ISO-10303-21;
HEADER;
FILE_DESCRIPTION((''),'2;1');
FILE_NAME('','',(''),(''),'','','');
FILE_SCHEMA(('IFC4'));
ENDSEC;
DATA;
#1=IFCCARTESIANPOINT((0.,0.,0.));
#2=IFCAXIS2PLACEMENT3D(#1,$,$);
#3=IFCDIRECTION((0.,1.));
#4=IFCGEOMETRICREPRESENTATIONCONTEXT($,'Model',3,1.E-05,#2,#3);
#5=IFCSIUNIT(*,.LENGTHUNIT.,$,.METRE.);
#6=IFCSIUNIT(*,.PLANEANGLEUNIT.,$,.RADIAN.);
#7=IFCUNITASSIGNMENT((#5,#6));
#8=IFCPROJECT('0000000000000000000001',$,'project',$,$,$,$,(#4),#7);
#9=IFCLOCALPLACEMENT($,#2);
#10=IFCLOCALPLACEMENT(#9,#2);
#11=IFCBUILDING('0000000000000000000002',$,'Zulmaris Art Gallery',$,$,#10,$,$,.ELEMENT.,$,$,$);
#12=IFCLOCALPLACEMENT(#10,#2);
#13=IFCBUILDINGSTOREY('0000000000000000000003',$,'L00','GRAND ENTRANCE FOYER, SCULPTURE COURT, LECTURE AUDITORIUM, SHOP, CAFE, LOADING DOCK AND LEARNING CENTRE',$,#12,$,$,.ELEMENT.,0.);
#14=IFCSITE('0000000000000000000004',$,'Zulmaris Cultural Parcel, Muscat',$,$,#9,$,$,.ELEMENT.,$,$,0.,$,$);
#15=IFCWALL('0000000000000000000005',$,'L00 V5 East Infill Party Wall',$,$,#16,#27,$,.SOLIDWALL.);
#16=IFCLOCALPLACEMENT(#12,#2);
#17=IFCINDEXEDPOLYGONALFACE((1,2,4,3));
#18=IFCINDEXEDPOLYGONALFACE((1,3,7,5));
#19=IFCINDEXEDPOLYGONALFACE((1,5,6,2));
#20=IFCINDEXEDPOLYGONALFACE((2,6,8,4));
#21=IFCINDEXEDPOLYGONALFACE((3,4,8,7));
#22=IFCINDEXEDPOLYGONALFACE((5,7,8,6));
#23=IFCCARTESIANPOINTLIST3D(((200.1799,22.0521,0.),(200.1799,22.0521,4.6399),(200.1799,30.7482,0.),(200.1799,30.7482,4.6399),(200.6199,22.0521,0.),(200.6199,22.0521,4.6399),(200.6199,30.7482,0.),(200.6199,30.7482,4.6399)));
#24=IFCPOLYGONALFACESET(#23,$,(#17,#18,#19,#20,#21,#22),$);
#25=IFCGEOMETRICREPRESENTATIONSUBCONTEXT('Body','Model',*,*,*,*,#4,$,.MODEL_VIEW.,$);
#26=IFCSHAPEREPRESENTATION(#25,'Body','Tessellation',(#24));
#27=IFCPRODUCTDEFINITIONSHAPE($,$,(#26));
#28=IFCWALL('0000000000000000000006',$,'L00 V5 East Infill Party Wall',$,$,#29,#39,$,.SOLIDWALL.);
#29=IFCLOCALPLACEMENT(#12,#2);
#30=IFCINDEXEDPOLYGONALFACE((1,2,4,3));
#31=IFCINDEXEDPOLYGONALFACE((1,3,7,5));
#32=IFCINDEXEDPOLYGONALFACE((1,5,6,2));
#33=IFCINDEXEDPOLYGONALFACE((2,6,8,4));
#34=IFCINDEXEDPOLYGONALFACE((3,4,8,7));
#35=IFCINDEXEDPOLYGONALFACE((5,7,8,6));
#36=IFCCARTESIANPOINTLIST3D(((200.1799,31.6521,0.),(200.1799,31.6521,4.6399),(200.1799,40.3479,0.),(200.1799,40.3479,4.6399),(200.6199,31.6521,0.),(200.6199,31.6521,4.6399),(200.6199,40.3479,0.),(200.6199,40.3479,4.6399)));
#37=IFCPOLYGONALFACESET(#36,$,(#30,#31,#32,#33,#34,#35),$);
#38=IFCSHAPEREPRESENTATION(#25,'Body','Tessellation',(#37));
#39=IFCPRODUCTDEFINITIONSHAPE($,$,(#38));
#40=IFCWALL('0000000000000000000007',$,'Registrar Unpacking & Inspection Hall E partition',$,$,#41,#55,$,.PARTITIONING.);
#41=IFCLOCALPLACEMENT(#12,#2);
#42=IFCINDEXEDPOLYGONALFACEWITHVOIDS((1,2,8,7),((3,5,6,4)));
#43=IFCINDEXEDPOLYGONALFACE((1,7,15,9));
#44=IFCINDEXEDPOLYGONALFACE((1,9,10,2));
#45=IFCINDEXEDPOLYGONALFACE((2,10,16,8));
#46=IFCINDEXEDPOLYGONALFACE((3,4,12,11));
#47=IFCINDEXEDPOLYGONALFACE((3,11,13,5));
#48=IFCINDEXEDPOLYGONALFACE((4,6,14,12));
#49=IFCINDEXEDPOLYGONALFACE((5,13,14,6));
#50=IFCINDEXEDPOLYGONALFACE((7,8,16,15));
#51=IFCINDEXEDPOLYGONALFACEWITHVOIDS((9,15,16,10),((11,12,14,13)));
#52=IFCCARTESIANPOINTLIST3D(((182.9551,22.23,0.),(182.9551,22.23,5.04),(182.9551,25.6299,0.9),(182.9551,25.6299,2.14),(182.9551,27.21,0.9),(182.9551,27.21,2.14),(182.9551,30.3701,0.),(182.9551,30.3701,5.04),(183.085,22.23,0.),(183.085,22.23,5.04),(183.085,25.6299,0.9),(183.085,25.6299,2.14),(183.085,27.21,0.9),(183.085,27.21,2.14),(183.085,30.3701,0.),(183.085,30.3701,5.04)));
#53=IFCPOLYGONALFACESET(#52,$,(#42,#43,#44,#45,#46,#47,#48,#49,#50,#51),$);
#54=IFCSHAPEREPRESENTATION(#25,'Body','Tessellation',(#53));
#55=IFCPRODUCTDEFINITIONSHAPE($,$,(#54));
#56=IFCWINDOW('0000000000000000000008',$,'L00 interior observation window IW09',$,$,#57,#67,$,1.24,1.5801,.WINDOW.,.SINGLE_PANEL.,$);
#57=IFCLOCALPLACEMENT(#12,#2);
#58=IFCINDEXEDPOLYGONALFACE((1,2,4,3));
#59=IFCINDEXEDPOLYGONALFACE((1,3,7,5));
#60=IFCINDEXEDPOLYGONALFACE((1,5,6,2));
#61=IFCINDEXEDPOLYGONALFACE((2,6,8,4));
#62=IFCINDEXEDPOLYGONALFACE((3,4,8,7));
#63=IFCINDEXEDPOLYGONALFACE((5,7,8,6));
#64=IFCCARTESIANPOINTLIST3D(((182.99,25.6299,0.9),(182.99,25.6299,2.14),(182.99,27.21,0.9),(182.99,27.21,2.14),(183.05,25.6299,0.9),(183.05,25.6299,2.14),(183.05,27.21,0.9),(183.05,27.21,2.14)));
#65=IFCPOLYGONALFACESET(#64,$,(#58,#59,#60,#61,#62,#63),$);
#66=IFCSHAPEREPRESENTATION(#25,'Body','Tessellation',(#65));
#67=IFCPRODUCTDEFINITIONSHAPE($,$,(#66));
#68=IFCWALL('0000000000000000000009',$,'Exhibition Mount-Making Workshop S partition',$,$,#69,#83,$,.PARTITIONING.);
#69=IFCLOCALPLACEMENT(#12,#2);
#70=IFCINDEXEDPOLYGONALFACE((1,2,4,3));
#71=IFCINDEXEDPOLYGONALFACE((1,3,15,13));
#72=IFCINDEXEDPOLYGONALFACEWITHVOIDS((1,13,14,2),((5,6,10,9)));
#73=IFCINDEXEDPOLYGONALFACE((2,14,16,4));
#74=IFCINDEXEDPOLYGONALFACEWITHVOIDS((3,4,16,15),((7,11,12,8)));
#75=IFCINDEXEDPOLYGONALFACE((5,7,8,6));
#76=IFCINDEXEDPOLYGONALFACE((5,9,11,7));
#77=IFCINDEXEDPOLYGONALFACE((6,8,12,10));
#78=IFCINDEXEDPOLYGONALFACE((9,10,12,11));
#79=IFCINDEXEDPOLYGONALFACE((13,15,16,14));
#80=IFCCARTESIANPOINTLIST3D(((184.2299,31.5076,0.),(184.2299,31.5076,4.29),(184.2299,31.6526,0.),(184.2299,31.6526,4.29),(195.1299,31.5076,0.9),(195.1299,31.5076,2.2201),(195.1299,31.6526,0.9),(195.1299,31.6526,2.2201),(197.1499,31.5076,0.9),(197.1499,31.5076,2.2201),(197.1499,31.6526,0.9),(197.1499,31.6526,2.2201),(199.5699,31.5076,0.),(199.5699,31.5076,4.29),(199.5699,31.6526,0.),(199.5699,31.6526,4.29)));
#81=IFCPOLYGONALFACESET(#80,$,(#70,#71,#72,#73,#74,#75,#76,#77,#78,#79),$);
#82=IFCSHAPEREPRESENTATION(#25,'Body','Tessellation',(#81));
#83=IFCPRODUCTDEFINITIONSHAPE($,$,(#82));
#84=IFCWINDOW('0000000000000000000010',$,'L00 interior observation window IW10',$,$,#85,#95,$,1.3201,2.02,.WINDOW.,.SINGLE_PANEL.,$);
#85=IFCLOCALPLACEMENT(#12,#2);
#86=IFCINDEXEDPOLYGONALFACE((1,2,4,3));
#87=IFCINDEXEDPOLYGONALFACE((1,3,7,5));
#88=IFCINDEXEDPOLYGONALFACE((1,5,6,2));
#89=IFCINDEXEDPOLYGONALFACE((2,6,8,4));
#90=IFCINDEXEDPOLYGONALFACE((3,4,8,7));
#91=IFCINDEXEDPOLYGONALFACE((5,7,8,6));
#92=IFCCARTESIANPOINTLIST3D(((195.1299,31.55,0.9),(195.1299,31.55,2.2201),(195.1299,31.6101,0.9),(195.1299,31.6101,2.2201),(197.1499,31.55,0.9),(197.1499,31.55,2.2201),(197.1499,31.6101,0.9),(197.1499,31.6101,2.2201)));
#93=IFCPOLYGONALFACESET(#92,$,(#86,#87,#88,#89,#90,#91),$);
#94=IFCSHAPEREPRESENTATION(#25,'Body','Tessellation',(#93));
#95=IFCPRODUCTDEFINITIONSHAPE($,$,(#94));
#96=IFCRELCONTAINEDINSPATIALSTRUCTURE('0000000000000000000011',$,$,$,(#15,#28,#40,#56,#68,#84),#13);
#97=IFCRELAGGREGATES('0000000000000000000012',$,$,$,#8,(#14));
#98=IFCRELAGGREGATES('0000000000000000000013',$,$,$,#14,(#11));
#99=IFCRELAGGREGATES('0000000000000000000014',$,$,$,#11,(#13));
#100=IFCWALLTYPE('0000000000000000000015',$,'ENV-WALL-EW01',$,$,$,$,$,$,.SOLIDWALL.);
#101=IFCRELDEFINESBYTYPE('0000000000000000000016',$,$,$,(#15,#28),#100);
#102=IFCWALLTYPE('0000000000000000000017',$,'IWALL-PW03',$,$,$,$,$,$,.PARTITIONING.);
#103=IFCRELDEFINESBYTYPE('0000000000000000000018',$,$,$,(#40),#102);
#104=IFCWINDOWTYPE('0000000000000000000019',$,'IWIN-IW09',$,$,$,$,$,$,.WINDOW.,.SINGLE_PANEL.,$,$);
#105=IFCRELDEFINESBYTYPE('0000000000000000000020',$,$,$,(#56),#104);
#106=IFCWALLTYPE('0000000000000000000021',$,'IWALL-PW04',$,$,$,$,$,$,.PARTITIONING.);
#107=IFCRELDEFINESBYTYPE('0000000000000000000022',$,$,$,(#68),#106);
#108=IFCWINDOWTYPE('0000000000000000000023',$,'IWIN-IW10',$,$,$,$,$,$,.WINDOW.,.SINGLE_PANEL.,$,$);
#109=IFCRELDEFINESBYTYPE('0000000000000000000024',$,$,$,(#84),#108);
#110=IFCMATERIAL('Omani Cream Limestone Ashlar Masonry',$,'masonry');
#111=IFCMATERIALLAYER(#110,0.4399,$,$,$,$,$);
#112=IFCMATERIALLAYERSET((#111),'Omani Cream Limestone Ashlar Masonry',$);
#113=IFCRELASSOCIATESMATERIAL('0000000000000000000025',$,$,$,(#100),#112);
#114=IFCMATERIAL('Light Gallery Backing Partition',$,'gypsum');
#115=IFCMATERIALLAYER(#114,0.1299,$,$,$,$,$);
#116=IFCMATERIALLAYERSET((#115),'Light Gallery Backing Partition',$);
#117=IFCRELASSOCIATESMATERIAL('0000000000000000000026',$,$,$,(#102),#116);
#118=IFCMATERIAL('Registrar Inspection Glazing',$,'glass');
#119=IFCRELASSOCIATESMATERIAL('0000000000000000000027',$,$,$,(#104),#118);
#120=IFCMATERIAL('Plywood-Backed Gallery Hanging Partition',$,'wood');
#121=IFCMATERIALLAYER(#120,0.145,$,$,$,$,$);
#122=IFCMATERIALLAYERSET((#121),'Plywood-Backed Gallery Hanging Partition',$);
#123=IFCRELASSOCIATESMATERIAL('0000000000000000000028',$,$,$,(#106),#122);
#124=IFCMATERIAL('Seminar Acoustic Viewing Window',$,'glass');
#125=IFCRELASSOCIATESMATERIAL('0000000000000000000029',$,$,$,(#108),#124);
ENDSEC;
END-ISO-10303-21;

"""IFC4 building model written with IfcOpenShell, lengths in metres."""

from ifc_helpers import new_model, si_unit, direction, frame, frame_2d, origin, place, context, subcontext, project, spatial, rectangle, extrude, material, layer, layer_set, type_object, element, fill, save


model = new_model("IFC4")

# Units and contexts
model_context = context("Model", 3, precision=1e-05, world=origin(), true_north=direction((0.0, 1.0)))
body_context = subcontext(model_context, "Body", "Model", "MODEL_VIEW")
ifc_project = project(units=[si_unit("LENGTHUNIT", "METRE"), si_unit("PLANEANGLEUNIT", "RADIAN")], contexts=[model_context])

# Site, building, storey
site_placement = place(None, origin())
site = spatial("IfcSite", under=ifc_project, at=site_placement, Name="Zulmaris Cultural Parcel, Muscat", CompositionType="ELEMENT", RefElevation=0.0)
building_placement = place(site_placement, origin())
building = spatial("IfcBuilding", under=site, at=building_placement, Name="Zulmaris Art Gallery", CompositionType="ELEMENT")
storey_placement = place(building_placement, origin())
storey = spatial("IfcBuildingStorey", under=building, at=storey_placement, Name="L00", Description="GRAND ENTRANCE FOYER, SCULPTURE COURT, LECTURE AUDITORIUM, SHOP, CAFE, LOADING DOCK AND LEARNING CENTRE", CompositionType="ELEMENT", Elevation=0.0)

# Walls
ifc_material_1 = material(Name="Omani Cream Limestone Ashlar Masonry", Category="masonry")
ifc_layer_1 = layer(ifc_material_1, 0.4399)
ifc_layer_set_1 = layer_set([ifc_layer_1], Name="Omani Cream Limestone Ashlar Masonry")
wall_type_1 = type_object("IfcWallType", Name="ENV-WALL-EW01", PredefinedType="SOLIDWALL", material=ifc_layer_set_1)
wall_1_placement = place(storey_placement, frame((200.3999, 22.052, 0.0), z_axis=(0.0, 0.0, 1.0), x_axis=(0.0, 1.0, 0.0)))
element("IfcWall", 1, at=wall_1_placement, inside=storey, type_object=wall_type_1, Name="L00 V5 East Infill Party Wall", PredefinedType="SOLIDWALL", context=body_context, shape_type="SweptSolid", body=[
    extrude(rectangle(XDim=8.696, YDim=0.4399, at=frame_2d((4.3481, 0.0))), origin(), (0.0, 0.0, 1.0), 4.6399),
])
wall_2_placement = place(storey_placement, frame((200.3999, 31.6521, 0.0), z_axis=(0.0, 0.0, 1.0), x_axis=(0.0, 1.0, 0.0)))
element("IfcWall", 2, at=wall_2_placement, inside=storey, type_object=wall_type_1, Name="L00 V5 East Infill Party Wall", PredefinedType="SOLIDWALL", context=body_context, shape_type="SweptSolid", body=[
    extrude(rectangle(XDim=8.6958, YDim=0.4399, at=frame_2d((4.3479, 0.0))), origin(), (0.0, 0.0, 1.0), 4.6399),
])

# Walls, openings, windows
ifc_material_2 = material(Name="Light Gallery Backing Partition", Category="gypsum")
ifc_layer_2 = layer(ifc_material_2, 0.1299)
ifc_layer_set_2 = layer_set([ifc_layer_2], Name="Light Gallery Backing Partition")
wall_type_2 = type_object("IfcWallType", Name="IWALL-PW03", PredefinedType="PARTITIONING", material=ifc_layer_set_2)
wall_3_placement = place(storey_placement, frame((183.02, 22.23, 0.0), z_axis=(0.0, 0.0, 1.0), x_axis=(0.0, 1.0, 0.0)))
wall_3 = element("IfcWall", 3, at=wall_3_placement, inside=storey, type_object=wall_type_2, Name="Registrar Unpacking & Inspection Hall E partition", PredefinedType="PARTITIONING", context=body_context, shape_type="SweptSolid", body=[
    extrude(rectangle(XDim=8.1401, YDim=0.1299, at=frame_2d((4.0701, 0.0))), origin(), (0.0, 0.0, 1.0), 5.04),
])
opening_1_placement = place(wall_3_placement, frame((3.3999, 0.0, 0.8999)))
opening_1 = element("IfcOpeningElement", 4, at=opening_1_placement, cuts=wall_3, PredefinedType="OPENING", context=body_context, shape_type="SweptSolid", body=[
    extrude(rectangle(XDim=1.5801, YDim=1.24, at=frame_2d((0.79, 0.6201))), frame((0.0, 0.075, 0.0), z_axis=(0.0, -1.0, 0.0), x_axis=(1.0, 0.0, 0.0)), (0.0, 0.0, 1.0), 0.1499),
])
ifc_material_3 = material(Name="Registrar Inspection Glazing", Category="glass")
window_type_1 = type_object("IfcWindowType", Name="IWIN-IW09", PartitioningType="SINGLE_PANEL", PredefinedType="WINDOW", material=ifc_material_3)
window_1_placement = place(opening_1_placement, origin())
window_1 = element("IfcWindow", 5, at=window_1_placement, inside=storey, type_object=window_type_1, Name="L00 interior observation window IW09", OverallHeight=1.24, OverallWidth=1.5801, PartitioningType="SINGLE_PANEL", PredefinedType="WINDOW", context=body_context, shape_type="SweptSolid", body=[
    extrude(rectangle(XDim=1.5801, YDim=1.24, at=frame_2d((0.79, 0.6201))), frame((0.0, 0.03, 0.0), z_axis=(0.0, -1.0, 0.0), x_axis=(1.0, 0.0, 0.0)), (0.0, 0.0, 1.0), 0.0601),
])
fill(opening_1, window_1)
ifc_material_4 = material(Name="Plywood-Backed Gallery Hanging Partition", Category="wood")
ifc_layer_3 = layer(ifc_material_4, 0.145)
ifc_layer_set_3 = layer_set([ifc_layer_3], Name="Plywood-Backed Gallery Hanging Partition")
wall_type_3 = type_object("IfcWallType", Name="IWALL-PW04", PredefinedType="PARTITIONING", material=ifc_layer_set_3)
wall_4_placement = place(storey_placement, frame((184.23, 31.5801, 0.0), z_axis=(0.0, 0.0, 1.0), x_axis=(1.0, 0.0, 0.0)))
wall_4 = element("IfcWall", 6, at=wall_4_placement, inside=storey, type_object=wall_type_3, Name="Exhibition Mount-Making Workshop S partition", PredefinedType="PARTITIONING", context=body_context, shape_type="SweptSolid", body=[
    extrude(rectangle(XDim=15.3401, YDim=0.145, at=frame_2d((7.6699, 0.0))), origin(), (0.0, 0.0, 1.0), 4.29),
])
opening_2_placement = place(wall_4_placement, frame((10.8999, 0.0, 0.8999)))
opening_2 = element("IfcOpeningElement", 7, at=opening_2_placement, cuts=wall_4, PredefinedType="OPENING", context=body_context, shape_type="SweptSolid", body=[
    extrude(rectangle(XDim=2.02, YDim=1.3201, at=frame_2d((1.01, 0.6602))), frame((0.0, 0.0825, 0.0), z_axis=(0.0, -1.0, 0.0), x_axis=(1.0, 0.0, 0.0)), (0.0, 0.0, 1.0), 0.165),
])
ifc_material_5 = material(Name="Seminar Acoustic Viewing Window", Category="glass")
window_type_2 = type_object("IfcWindowType", Name="IWIN-IW10", PartitioningType="SINGLE_PANEL", PredefinedType="WINDOW", material=ifc_material_5)
window_2_placement = place(opening_2_placement, origin())
window_2 = element("IfcWindow", 8, at=window_2_placement, inside=storey, type_object=window_type_2, Name="L00 interior observation window IW10", OverallHeight=1.3201, OverallWidth=2.02, PartitioningType="SINGLE_PANEL", PredefinedType="WINDOW", context=body_context, shape_type="SweptSolid", body=[
    extrude(rectangle(XDim=2.02, YDim=1.3201, at=frame_2d((1.01, 0.6602))), frame((0.0, 0.03, 0.0), z_axis=(0.0, -1.0, 0.0), x_axis=(1.0, 0.0, 0.0)), (0.0, 0.0, 1.0), 0.0601),
])
fill(opening_2, window_2)

save(model, "model.ifc")
